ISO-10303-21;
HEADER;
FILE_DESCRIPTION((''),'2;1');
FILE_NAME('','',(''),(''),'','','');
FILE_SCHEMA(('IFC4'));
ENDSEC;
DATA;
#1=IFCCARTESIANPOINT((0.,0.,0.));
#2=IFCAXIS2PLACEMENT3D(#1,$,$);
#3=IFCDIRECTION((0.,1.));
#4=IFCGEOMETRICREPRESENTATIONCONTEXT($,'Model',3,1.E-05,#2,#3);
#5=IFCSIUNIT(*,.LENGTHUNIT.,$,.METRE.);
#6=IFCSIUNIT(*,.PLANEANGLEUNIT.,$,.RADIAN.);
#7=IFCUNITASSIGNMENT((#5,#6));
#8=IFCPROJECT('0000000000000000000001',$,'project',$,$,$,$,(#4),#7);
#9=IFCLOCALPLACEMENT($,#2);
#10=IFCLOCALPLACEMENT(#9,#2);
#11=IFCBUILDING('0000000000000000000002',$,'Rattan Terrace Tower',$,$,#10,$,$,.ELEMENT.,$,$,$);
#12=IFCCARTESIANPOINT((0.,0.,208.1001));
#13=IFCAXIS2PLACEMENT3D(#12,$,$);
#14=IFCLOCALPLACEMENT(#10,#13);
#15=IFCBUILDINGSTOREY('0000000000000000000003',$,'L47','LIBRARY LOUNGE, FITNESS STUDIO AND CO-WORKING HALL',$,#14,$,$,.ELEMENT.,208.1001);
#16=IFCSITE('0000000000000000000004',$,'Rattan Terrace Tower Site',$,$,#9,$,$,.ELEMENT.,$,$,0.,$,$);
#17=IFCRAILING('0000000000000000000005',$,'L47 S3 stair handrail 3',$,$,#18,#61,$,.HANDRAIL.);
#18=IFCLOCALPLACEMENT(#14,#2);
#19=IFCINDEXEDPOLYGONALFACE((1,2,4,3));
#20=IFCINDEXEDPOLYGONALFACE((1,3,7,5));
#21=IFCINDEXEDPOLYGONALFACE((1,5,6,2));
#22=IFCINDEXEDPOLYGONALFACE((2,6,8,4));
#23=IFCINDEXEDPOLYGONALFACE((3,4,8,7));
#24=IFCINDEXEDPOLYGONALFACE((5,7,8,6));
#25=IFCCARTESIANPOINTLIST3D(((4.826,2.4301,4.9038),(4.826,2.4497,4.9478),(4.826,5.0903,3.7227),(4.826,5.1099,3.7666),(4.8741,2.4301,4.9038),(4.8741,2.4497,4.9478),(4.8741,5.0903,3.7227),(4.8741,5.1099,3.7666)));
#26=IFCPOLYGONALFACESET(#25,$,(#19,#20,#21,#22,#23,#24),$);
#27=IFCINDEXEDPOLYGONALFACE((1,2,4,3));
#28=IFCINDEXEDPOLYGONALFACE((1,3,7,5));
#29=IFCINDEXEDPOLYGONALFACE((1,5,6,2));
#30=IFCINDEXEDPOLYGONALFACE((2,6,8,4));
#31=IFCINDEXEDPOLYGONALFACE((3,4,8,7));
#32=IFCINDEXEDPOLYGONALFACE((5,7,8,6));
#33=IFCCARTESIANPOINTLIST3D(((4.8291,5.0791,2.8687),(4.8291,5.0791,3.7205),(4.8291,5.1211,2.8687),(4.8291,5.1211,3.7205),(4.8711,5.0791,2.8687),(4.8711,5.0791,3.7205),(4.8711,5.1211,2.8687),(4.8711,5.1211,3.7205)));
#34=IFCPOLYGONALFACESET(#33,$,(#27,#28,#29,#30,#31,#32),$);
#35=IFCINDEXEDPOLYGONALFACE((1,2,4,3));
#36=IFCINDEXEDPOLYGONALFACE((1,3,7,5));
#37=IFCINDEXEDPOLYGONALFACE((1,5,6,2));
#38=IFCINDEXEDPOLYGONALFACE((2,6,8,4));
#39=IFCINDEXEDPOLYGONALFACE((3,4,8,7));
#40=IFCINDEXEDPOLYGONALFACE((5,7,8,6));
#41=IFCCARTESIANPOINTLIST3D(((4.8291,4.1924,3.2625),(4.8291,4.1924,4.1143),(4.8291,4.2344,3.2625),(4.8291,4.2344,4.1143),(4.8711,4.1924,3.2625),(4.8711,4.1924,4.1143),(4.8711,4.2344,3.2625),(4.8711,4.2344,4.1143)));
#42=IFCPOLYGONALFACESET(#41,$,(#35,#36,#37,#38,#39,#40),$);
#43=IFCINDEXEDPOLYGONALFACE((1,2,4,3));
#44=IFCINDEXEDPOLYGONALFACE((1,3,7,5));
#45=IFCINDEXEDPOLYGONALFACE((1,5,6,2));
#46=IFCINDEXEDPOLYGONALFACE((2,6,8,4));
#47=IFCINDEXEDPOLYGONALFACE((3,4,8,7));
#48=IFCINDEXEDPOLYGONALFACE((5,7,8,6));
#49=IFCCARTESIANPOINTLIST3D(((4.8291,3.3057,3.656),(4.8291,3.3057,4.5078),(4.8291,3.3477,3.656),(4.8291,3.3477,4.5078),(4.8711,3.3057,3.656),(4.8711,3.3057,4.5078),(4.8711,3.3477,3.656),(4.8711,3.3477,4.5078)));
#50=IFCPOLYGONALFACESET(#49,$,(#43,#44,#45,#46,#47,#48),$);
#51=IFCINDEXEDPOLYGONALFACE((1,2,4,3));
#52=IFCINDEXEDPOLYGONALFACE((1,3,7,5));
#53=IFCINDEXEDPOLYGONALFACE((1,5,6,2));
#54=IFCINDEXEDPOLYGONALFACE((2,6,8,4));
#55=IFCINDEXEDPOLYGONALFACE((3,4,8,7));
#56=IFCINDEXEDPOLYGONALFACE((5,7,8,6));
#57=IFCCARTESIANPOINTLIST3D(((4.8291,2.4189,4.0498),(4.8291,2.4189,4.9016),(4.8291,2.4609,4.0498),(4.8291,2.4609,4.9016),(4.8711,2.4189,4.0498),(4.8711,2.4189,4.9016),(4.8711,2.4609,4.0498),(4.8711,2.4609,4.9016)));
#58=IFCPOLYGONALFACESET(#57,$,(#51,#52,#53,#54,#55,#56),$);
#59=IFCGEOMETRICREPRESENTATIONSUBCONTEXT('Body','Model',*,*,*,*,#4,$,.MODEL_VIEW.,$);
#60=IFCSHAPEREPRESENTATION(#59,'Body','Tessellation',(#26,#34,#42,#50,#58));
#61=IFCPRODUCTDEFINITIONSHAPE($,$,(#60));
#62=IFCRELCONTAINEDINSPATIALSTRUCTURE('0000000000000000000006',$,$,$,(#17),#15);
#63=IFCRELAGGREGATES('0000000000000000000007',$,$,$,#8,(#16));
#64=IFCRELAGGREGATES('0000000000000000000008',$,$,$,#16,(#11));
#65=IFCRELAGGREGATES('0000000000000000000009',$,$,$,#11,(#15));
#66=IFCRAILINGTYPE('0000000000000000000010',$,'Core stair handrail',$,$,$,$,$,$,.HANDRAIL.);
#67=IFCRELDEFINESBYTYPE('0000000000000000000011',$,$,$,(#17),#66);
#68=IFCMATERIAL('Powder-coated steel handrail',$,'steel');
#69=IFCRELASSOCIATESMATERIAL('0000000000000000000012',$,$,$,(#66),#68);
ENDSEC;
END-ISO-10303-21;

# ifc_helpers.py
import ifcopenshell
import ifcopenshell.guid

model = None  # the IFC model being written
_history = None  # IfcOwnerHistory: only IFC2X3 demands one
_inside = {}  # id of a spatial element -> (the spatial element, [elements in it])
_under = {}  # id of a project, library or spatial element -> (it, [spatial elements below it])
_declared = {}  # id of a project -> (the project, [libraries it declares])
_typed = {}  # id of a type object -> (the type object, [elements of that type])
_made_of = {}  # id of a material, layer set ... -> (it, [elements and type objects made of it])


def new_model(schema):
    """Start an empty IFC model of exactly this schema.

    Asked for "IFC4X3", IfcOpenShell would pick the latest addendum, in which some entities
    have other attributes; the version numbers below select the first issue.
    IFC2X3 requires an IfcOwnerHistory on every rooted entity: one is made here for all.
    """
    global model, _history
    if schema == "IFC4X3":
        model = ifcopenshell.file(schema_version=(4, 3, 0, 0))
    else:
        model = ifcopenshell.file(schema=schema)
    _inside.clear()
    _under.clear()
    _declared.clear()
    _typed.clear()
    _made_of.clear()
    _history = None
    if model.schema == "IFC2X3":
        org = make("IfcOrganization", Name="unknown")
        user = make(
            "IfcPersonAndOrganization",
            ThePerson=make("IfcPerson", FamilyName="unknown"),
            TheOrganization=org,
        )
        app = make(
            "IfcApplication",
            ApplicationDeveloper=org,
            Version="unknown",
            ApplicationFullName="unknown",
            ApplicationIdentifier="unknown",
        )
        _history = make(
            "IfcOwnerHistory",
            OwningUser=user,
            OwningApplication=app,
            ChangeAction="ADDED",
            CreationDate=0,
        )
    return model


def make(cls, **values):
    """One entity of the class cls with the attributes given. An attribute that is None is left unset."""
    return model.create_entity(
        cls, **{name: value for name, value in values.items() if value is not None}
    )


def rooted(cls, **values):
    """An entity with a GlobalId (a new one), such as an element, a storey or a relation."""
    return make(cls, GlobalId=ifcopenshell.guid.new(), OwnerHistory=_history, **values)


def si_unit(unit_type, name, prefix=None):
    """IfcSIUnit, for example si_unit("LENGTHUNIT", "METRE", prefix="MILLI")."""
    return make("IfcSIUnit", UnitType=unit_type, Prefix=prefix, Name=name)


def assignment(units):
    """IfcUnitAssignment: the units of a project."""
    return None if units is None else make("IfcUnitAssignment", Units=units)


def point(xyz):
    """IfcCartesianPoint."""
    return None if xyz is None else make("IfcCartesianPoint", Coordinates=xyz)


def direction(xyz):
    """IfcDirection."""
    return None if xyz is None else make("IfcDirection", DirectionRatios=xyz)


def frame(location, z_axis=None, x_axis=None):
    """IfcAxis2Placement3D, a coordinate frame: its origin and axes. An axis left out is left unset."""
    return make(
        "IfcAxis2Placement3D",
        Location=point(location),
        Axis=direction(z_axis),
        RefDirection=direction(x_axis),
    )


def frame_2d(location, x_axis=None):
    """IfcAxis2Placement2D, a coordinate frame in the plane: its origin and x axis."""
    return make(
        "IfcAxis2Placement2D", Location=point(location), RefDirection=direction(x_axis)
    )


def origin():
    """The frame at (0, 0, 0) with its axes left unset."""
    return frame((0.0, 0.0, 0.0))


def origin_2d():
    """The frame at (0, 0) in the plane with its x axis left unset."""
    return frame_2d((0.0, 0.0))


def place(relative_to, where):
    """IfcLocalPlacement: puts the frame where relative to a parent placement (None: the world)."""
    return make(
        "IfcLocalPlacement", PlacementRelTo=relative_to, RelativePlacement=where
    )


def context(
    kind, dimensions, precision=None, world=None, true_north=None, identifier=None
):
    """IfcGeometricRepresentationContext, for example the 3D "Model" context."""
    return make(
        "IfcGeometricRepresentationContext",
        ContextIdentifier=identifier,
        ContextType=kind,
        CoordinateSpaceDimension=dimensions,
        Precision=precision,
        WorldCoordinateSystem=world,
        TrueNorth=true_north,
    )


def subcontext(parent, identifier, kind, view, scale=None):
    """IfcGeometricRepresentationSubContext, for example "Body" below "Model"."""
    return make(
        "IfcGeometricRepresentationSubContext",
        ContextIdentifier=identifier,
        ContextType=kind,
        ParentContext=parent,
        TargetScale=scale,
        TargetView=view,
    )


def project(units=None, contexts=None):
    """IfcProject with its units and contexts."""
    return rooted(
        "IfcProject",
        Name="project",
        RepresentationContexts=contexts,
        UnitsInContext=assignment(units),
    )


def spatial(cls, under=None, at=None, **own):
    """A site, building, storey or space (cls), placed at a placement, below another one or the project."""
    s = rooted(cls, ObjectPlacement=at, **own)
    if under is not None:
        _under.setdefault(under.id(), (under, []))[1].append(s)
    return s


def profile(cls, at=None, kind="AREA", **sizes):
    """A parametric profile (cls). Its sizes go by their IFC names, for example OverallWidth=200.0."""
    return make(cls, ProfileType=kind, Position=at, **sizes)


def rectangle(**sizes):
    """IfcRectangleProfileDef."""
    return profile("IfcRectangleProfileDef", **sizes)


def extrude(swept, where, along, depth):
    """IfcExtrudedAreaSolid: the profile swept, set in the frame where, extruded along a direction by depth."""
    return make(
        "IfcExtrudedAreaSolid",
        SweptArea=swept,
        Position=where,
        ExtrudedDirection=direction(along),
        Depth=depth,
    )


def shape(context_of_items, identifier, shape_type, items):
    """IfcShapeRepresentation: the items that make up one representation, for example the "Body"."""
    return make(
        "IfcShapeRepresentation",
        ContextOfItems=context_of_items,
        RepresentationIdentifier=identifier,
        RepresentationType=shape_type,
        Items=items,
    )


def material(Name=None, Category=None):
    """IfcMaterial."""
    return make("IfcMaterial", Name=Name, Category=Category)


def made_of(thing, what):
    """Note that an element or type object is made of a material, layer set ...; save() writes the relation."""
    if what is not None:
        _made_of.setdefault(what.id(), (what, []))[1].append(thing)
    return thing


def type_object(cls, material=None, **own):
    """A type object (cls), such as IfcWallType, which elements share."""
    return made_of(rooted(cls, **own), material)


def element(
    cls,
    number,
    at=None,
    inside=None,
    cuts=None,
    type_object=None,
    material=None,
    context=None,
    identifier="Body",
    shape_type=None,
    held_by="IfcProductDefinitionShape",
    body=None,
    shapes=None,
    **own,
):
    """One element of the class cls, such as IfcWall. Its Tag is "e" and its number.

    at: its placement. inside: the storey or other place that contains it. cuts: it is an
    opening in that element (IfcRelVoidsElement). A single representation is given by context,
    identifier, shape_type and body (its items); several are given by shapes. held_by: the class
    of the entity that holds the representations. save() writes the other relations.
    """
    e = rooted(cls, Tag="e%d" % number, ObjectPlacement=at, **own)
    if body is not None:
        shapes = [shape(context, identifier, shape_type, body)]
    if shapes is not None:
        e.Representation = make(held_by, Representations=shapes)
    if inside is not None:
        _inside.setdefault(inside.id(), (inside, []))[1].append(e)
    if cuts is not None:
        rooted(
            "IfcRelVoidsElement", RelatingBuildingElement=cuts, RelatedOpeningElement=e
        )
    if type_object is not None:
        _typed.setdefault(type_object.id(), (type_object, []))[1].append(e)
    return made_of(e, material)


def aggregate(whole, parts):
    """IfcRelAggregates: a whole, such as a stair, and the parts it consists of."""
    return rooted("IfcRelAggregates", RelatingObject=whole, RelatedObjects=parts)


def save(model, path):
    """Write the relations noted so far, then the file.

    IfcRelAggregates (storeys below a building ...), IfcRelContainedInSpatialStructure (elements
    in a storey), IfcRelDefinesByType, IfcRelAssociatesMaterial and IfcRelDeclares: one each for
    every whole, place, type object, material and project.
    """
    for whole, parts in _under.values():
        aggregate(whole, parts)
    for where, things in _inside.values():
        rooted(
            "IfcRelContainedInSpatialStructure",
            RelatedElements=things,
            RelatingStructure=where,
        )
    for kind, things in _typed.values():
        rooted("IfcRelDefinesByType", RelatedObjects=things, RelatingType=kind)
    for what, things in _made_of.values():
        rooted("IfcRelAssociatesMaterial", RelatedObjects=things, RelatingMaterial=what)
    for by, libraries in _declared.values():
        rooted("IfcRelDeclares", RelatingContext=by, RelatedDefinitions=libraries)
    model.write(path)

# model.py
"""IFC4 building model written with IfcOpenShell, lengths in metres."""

from ifc_helpers import new_model, si_unit, direction, frame, origin, origin_2d, place, context, subcontext, project, spatial, rectangle, extrude, material, type_object, element, save


model = new_model("IFC4")

# Units and contexts
model_context = context("Model", 3, precision=1e-05, world=origin(), true_north=direction((0.0, 1.0)))
body_context = subcontext(model_context, "Body", "Model", "MODEL_VIEW")
ifc_project = project(units=[si_unit("LENGTHUNIT", "METRE"), si_unit("PLANEANGLEUNIT", "RADIAN")], contexts=[model_context])

# Site, building, storey
site_placement = place(None, origin())
site = spatial("IfcSite", under=ifc_project, at=site_placement, Name="Rattan Terrace Tower Site", CompositionType="ELEMENT", RefElevation=0.0)
building_placement = place(site_placement, origin())
building = spatial("IfcBuilding", under=site, at=building_placement, Name="Rattan Terrace Tower", CompositionType="ELEMENT")
storey_placement = place(building_placement, frame((0.0, 0.0, 208.1001)))
storey = spatial("IfcBuildingStorey", under=building, at=storey_placement, Name="L47", Description="LIBRARY LOUNGE, FITNESS STUDIO AND CO-WORKING HALL", CompositionType="ELEMENT", Elevation=208.1001)

# Railing
ifc_material_1 = material(Name="Powder-coated steel handrail", Category="steel")
railing_type_1 = type_object("IfcRailingType", Name="Core stair handrail", PredefinedType="HANDRAIL", material=ifc_material_1)
for number, where, name in (
    (1, (4.8501, 5.1001, 2.8687), "L47 S3 stair handrail 3"),
):
    element("IfcRailing", number, at=place(storey_placement, frame(where)), inside=storey, type_object=railing_type_1, Name=name, PredefinedType="HANDRAIL", context=body_context, shape_type="SweptSolid", body=[
        extrude(rectangle(XDim=0.0481, YDim=0.0481, at=origin_2d()), frame((0.0, 0.0, 0.876), z_axis=(0.0, -0.913957, 0.405812), x_axis=(1.0, 0.0, 0.0)), (0.0, 0.0, 1.0), 2.9106),
        extrude(rectangle(XDim=0.042, YDim=0.042, at=origin_2d()), origin(), (0.0, 0.0, 1.0), 0.8518),
        extrude(rectangle(XDim=0.042, YDim=0.042, at=origin_2d()), frame((0.0, -0.8867, 0.3938)), (0.0, 0.0, 1.0), 0.8518),
        extrude(rectangle(XDim=0.042, YDim=0.042, at=origin_2d()), frame((0.0, -1.7734, 0.7874)), (0.0, 0.0, 1.0), 0.8518),
        extrude(rectangle(XDim=0.042, YDim=0.042, at=origin_2d()), frame((0.0, -2.6602, 1.1812)), (0.0, 0.0, 1.0), 0.8518),
    ])

save(model, "model.ifc")
